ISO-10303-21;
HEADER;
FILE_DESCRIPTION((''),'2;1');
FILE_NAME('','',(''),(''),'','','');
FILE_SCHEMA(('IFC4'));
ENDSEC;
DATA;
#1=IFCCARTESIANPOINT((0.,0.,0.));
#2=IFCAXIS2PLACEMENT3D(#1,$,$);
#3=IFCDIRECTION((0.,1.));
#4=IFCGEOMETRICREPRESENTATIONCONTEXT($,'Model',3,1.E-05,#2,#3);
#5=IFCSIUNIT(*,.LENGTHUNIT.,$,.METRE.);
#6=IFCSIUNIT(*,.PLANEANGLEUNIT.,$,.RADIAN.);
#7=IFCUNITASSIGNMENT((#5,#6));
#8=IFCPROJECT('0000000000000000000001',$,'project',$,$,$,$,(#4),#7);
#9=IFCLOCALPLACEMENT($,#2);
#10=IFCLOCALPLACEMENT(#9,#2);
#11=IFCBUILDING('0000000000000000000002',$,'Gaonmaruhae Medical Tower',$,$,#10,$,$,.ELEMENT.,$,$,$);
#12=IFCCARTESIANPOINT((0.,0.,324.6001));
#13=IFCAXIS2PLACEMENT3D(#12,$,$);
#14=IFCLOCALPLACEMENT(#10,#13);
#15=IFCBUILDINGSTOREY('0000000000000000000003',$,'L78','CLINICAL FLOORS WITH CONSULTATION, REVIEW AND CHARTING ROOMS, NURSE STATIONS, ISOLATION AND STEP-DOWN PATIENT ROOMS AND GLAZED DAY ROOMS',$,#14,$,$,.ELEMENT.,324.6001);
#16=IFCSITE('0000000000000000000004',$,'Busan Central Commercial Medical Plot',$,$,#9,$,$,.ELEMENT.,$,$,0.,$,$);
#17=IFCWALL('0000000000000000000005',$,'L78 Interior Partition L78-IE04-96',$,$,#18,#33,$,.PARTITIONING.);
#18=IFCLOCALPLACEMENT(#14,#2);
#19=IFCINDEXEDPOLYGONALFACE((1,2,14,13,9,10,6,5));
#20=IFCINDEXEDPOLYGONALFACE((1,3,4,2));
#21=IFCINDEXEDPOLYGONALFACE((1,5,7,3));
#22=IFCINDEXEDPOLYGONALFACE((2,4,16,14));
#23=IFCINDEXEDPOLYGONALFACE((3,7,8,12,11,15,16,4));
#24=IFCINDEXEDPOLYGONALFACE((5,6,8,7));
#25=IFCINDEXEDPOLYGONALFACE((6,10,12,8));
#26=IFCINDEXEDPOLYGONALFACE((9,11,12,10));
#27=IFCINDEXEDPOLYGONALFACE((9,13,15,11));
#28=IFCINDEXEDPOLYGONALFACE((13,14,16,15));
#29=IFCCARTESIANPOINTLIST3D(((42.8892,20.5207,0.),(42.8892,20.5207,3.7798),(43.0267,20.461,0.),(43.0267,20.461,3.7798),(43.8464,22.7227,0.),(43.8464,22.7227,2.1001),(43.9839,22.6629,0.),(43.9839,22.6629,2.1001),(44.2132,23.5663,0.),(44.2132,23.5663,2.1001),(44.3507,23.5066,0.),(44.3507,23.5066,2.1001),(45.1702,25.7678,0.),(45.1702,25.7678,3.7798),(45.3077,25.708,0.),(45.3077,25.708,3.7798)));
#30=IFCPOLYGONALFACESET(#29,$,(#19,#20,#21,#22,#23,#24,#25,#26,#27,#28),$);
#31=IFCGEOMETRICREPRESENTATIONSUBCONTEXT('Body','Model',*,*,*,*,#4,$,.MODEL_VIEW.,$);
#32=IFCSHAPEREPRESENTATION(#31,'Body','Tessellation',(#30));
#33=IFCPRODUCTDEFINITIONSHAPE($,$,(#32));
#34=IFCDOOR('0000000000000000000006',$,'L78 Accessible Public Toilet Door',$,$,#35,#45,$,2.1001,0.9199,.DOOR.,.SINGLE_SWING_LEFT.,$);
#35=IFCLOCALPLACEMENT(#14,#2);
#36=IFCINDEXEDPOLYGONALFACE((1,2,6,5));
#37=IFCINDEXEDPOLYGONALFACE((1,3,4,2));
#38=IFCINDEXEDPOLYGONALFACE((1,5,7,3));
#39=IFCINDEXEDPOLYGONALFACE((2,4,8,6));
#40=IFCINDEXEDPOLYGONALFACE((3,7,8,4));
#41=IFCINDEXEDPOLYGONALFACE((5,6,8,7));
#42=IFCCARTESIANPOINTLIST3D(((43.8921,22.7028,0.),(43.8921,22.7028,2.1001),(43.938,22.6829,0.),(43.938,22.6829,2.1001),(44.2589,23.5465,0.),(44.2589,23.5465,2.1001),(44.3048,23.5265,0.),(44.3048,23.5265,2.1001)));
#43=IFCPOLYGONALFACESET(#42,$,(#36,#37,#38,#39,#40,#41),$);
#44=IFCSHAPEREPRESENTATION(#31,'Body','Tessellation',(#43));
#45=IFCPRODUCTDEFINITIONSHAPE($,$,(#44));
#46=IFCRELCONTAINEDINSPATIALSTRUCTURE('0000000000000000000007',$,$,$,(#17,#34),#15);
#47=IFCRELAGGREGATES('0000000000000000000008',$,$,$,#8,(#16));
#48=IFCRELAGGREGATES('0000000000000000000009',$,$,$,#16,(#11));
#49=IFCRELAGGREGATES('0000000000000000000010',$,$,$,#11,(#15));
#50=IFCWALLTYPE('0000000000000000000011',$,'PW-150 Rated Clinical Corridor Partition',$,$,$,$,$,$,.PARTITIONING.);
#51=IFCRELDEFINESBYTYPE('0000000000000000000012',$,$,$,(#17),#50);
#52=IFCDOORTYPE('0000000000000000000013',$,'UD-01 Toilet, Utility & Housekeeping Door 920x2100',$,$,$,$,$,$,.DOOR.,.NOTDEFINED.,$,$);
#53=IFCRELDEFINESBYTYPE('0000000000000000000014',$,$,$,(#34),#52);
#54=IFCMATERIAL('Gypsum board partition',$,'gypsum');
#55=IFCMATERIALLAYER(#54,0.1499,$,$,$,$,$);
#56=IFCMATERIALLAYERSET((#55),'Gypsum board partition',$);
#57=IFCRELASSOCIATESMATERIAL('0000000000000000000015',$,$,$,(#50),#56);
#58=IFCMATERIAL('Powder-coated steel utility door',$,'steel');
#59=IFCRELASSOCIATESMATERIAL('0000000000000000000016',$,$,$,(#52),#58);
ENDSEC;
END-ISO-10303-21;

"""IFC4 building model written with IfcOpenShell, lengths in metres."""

from ifc_helpers import new_model, si_unit, direction, frame, frame_2d, origin, place, context, subcontext, project, spatial, rectangle, extrude, material, layer, layer_set, type_object, element, fill, save


model = new_model("IFC4")

# Units and contexts
model_context = context("Model", 3, precision=1e-05, world=origin(), true_north=direction((0.0, 1.0)))
body_context = subcontext(model_context, "Body", "Model", "MODEL_VIEW")
ifc_project = project(units=[si_unit("LENGTHUNIT", "METRE"), si_unit("PLANEANGLEUNIT", "RADIAN")], contexts=[model_context])

# Site, building, storey
site_placement = place(None, origin())
site = spatial("IfcSite", under=ifc_project, at=site_placement, Name="Busan Central Commercial Medical Plot", CompositionType="ELEMENT", RefElevation=0.0)
building_placement = place(site_placement, origin())
building = spatial("IfcBuilding", under=site, at=building_placement, Name="Gaonmaruhae Medical Tower", CompositionType="ELEMENT")
storey_placement = place(building_placement, frame((0.0, 0.0, 324.6001)))
storey = spatial("IfcBuildingStorey", under=building, at=storey_placement, Name="L78", Description="CLINICAL FLOORS WITH CONSULTATION, REVIEW AND CHARTING ROOMS, NURSE STATIONS, ISOLATION AND STEP-DOWN PATIENT ROOMS AND GLAZED DAY ROOMS", CompositionType="ELEMENT", Elevation=324.6001)

# Shared definitions
ifc_material_1 = material(Name="Gypsum board partition", Category="gypsum")
ifc_layer_1 = layer(ifc_material_1, 0.1499)
ifc_layer_set_1 = layer_set([ifc_layer_1], Name="Gypsum board partition")
wall_type_1 = type_object("IfcWallType", Name="PW-150 Rated Clinical Corridor Partition", PredefinedType="PARTITIONING", material=ifc_layer_set_1)

# Wall, opening, door
wall_1_placement = place(storey_placement, frame((45.239, 25.738, 0.0), z_axis=(0.0, 0.0, 1.0), x_axis=(-0.398678, -0.917091, 0.0)))
wall_1 = element("IfcWall", 1, at=wall_1_placement, inside=storey, type_object=wall_type_1, Name="L78 Interior Partition L78-IE04-96", PredefinedType="PARTITIONING", context=body_context, shape_type="SweptSolid", body=[
    extrude(rectangle(XDim=5.7214, YDim=0.1499, at=frame_2d((2.8608, 0.0))), origin(), (0.0, 0.0, 1.0), 3.7798),
])
opening_1_placement = place(wall_1_placement, frame((2.4006, 0.0, 0.0)))
opening_1 = element("IfcOpeningElement", 2, at=opening_1_placement, cuts=wall_1, PredefinedType="OPENING", context=body_context, shape_type="SweptSolid", body=[
    extrude(rectangle(XDim=0.9199, YDim=2.1001, at=frame_2d((0.46, 1.05))), frame((0.0, 0.085, 0.0), z_axis=(0.0, -1.0, 0.0), x_axis=(1.0, 0.0, 0.0)), (0.0, 0.0, 1.0), 0.1699),
])
ifc_material_2 = material(Name="Powder-coated steel utility door", Category="steel")
door_type_1 = type_object("IfcDoorType", Name="UD-01 Toilet, Utility & Housekeeping Door 920x2100", OperationType="NOTDEFINED", PredefinedType="DOOR", material=ifc_material_2)
door_1_placement = place(opening_1_placement, origin())
door_1 = element("IfcDoor", 3, at=door_1_placement, inside=storey, type_object=door_type_1, Name="L78 Accessible Public Toilet Door", OperationType="SINGLE_SWING_LEFT", OverallHeight=2.1001, OverallWidth=0.9199, PredefinedType="DOOR", context=body_context, shape_type="SweptSolid", body=[
    extrude(rectangle(XDim=0.9199, YDim=2.1001, at=frame_2d((0.46, 1.05))), frame((0.0, 0.0249, 0.0), z_axis=(0.0, -1.0, 0.0), x_axis=(1.0, 0.0, 0.0)), (0.0, 0.0, 1.0), 0.05),
])
fill(opening_1, door_1)

save(model, "model.ifc")
